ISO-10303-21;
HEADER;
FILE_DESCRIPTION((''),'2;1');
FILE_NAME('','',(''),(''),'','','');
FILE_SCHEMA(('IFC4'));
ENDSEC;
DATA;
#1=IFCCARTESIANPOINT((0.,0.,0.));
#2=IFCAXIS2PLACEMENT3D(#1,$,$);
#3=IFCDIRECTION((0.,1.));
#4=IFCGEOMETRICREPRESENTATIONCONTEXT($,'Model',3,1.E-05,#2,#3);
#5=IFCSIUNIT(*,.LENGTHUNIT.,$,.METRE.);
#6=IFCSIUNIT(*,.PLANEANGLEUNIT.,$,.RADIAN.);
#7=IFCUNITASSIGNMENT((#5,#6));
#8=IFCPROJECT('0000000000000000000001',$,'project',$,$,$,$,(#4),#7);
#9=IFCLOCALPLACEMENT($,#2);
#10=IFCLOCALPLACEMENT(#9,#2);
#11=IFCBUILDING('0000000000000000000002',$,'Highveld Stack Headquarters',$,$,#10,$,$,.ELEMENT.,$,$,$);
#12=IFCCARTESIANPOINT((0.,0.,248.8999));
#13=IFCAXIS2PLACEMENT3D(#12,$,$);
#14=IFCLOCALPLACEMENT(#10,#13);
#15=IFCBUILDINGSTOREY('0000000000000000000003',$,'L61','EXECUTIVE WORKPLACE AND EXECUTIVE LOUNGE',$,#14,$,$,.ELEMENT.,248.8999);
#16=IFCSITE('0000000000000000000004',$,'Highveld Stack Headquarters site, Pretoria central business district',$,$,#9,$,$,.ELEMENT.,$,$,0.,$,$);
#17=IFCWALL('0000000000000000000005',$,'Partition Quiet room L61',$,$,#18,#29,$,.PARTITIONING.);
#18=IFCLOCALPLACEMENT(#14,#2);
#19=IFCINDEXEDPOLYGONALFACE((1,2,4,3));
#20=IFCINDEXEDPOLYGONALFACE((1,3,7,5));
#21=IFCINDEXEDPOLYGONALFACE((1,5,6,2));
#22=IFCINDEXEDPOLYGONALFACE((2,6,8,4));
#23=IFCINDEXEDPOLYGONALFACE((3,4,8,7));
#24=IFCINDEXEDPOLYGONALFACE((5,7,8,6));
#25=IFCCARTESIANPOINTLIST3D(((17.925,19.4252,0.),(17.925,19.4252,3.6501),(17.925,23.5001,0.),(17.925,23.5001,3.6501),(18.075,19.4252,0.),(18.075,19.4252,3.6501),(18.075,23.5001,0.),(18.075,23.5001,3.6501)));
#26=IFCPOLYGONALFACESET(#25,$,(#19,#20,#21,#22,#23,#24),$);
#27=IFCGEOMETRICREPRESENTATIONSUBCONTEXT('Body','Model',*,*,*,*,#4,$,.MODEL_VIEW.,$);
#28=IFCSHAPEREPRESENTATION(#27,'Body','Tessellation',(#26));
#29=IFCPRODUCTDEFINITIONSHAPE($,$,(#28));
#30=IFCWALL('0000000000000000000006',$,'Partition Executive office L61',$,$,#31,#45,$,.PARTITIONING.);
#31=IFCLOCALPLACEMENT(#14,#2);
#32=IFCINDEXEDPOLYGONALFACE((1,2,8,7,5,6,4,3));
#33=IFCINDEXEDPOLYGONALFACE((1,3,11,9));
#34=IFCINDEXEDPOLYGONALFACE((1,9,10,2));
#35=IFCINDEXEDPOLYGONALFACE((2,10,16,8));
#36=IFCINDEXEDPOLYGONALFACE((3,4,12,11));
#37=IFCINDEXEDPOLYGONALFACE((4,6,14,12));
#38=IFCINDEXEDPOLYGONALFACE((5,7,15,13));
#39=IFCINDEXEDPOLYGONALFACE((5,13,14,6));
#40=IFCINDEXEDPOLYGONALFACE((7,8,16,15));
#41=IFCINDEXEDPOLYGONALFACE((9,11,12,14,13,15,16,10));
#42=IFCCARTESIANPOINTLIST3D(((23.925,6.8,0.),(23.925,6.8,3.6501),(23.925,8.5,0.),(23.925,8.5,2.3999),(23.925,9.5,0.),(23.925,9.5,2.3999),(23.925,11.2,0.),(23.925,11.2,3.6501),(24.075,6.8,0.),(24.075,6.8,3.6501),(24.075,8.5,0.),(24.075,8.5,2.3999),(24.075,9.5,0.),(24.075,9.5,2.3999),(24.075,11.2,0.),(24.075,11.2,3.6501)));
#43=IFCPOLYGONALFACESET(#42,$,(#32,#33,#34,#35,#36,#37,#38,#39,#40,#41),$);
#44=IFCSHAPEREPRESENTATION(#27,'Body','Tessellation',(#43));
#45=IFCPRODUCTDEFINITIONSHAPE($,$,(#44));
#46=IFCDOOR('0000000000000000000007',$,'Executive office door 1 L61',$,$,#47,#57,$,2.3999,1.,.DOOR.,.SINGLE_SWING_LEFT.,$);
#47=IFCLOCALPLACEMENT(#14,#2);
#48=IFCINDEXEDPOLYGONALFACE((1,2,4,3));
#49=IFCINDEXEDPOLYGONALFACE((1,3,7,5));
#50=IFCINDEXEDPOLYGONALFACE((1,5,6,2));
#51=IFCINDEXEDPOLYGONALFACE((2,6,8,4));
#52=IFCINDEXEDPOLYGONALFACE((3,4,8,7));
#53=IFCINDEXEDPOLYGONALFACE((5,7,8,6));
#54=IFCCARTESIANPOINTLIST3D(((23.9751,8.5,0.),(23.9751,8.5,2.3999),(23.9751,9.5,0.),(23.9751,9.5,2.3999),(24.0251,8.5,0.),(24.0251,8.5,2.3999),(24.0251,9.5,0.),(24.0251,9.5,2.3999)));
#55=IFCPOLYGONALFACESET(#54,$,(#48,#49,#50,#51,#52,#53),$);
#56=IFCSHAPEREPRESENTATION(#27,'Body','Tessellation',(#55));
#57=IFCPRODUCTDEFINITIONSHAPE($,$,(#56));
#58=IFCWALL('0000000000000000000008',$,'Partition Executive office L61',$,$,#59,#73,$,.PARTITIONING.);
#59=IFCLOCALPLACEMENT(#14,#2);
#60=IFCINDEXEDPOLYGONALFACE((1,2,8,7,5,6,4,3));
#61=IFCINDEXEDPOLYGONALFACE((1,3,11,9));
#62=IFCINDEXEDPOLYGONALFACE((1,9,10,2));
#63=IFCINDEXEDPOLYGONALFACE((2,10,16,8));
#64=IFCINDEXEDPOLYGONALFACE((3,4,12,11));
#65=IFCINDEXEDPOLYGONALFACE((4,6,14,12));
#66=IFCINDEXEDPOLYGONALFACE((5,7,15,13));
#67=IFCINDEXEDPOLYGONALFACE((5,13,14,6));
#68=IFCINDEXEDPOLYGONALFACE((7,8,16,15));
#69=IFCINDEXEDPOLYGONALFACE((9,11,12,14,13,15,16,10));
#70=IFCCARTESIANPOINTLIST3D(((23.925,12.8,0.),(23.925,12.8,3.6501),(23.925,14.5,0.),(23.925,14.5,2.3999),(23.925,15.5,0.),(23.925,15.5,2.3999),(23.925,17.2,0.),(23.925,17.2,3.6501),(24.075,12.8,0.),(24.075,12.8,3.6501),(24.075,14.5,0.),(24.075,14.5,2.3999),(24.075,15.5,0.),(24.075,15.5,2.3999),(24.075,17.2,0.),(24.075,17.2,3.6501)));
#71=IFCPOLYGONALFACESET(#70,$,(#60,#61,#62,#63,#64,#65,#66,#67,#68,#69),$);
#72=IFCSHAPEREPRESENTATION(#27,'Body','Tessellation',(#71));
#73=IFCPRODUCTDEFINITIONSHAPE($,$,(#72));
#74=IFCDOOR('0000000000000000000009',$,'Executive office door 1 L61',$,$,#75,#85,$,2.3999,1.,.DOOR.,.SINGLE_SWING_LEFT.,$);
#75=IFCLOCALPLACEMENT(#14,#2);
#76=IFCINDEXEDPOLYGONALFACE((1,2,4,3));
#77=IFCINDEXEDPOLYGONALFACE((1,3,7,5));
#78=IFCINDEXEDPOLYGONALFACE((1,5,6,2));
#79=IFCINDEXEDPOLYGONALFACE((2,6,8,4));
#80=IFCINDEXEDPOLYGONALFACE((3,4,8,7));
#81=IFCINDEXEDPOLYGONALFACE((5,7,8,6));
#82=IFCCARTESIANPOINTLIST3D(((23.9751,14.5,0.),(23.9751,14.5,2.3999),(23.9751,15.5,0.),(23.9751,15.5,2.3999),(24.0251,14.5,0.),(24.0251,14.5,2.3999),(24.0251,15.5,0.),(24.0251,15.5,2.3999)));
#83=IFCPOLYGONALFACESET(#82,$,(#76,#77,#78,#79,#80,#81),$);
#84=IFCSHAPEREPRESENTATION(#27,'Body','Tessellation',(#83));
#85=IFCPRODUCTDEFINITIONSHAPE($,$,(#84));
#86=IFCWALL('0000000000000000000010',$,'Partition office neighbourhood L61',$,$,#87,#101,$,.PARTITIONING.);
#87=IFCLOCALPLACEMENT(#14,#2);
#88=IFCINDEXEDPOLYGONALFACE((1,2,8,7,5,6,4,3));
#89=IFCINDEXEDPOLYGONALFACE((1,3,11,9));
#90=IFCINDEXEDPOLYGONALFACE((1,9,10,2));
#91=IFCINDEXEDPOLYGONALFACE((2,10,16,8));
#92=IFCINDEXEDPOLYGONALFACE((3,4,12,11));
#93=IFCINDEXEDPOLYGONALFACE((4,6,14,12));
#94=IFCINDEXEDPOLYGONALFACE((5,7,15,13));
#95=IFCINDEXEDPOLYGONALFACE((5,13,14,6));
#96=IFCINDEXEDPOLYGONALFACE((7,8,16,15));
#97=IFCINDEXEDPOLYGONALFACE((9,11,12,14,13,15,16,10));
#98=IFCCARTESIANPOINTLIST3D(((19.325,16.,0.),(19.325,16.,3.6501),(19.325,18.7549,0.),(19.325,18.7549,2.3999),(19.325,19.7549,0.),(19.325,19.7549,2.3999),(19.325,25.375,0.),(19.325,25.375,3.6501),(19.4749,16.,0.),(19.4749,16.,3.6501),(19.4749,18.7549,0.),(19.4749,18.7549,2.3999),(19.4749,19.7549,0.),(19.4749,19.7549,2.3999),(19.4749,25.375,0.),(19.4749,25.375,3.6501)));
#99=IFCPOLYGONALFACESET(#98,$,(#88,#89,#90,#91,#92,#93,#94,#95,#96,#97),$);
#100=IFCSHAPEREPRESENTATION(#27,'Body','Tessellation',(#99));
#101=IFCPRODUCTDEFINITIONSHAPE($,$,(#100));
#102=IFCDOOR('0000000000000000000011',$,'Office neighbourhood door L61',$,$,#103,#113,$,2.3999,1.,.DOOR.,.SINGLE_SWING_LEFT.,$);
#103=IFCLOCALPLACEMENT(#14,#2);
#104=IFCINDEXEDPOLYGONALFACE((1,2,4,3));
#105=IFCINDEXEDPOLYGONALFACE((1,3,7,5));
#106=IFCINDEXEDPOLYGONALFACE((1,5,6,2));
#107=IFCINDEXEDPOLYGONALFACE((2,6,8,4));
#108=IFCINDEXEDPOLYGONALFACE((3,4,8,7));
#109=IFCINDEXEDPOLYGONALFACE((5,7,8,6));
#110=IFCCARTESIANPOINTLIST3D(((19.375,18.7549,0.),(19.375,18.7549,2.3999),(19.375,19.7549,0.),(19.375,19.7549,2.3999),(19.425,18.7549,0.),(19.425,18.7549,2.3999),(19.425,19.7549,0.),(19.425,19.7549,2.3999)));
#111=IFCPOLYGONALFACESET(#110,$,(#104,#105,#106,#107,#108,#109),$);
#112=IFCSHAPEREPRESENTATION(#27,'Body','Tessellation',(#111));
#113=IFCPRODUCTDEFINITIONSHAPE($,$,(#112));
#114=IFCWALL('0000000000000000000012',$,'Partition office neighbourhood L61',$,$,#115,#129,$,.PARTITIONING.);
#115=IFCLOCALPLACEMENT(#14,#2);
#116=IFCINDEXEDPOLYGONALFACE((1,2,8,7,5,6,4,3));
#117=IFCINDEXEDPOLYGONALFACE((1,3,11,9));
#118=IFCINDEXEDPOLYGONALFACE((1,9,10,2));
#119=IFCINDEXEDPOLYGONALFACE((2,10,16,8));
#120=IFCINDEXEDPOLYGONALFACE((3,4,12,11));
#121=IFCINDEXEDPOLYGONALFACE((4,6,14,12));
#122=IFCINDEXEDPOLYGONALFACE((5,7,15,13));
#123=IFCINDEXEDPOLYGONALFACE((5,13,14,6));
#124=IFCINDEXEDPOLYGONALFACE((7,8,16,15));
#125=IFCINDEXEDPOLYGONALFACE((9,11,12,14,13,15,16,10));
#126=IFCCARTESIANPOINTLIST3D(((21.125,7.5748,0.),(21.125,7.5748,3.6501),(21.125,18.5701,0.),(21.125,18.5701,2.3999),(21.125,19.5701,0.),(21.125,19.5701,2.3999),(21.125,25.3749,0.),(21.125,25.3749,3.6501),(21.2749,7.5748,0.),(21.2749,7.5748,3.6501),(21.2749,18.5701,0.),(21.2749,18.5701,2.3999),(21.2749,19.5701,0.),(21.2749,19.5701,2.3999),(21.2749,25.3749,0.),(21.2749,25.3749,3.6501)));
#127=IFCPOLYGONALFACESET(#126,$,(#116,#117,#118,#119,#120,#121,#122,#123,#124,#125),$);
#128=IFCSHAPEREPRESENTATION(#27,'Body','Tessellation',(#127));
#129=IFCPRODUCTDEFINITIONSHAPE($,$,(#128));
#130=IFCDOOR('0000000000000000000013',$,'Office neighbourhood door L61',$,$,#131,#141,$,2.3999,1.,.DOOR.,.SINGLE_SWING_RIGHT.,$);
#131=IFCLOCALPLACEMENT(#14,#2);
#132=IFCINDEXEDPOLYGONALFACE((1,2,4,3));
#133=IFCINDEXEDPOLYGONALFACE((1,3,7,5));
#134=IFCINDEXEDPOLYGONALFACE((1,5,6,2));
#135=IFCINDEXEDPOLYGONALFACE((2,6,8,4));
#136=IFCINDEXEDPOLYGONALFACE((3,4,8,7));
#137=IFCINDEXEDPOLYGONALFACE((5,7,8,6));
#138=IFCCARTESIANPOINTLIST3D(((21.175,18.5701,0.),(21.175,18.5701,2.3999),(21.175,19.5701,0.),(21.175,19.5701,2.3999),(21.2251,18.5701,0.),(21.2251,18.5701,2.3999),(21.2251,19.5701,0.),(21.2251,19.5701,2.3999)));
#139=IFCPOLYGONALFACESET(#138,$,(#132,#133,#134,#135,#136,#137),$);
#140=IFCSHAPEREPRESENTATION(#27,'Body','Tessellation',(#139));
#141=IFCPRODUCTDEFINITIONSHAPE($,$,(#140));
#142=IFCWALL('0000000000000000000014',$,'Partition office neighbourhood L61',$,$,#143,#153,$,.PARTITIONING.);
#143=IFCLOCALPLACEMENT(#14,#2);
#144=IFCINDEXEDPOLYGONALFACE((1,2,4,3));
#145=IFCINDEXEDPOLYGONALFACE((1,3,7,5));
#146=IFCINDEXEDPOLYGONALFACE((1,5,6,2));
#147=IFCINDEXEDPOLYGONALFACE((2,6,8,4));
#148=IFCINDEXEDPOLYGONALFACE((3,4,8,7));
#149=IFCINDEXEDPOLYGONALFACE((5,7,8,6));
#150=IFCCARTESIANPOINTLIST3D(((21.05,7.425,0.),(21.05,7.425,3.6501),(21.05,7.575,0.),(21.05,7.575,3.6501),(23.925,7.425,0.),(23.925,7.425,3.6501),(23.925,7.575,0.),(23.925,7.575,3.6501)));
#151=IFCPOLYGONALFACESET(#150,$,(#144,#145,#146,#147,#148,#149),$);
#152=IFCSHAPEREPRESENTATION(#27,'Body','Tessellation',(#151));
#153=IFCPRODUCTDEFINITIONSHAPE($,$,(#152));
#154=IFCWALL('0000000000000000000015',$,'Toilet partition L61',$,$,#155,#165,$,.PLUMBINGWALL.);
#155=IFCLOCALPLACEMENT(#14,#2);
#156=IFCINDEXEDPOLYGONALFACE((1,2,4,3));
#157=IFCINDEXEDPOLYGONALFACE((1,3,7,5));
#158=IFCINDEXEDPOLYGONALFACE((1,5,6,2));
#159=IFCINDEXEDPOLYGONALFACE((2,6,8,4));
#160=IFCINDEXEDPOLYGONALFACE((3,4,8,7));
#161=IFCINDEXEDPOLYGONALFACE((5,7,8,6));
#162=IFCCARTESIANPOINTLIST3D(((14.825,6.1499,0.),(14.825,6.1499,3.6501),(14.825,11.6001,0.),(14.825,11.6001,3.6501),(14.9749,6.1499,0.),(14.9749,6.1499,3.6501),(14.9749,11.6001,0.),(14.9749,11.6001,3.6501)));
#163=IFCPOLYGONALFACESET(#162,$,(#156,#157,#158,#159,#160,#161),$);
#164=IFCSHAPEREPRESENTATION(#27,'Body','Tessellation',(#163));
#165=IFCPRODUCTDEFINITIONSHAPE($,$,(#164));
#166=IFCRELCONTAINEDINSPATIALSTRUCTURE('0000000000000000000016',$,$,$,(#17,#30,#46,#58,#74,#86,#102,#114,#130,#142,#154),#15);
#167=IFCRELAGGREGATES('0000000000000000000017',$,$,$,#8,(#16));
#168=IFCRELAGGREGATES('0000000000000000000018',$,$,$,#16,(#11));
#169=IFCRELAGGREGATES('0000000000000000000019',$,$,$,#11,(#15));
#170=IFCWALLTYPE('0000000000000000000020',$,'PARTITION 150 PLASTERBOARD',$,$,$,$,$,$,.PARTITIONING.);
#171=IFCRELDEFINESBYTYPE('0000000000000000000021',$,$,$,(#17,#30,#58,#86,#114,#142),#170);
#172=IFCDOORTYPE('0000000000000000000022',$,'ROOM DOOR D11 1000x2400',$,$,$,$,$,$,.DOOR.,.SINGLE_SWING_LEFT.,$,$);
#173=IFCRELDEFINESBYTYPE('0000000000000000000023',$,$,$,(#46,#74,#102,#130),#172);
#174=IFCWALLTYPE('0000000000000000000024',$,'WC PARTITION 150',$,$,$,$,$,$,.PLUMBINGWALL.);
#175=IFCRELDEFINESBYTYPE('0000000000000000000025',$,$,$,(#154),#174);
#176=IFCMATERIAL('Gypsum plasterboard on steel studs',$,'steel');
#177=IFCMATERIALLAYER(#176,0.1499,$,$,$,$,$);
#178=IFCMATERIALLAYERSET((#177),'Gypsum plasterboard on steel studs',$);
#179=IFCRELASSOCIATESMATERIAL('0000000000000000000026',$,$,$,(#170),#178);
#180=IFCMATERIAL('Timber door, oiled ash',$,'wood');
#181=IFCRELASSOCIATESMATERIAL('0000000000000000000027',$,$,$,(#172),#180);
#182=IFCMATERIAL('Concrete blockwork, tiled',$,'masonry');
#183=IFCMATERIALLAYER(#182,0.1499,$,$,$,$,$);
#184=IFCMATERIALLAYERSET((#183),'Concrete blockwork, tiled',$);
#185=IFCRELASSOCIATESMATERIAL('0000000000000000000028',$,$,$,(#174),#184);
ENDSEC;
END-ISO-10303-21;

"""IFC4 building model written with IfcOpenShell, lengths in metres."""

from ifc_helpers import new_model, si_unit, direction, frame, frame_2d, origin, place, context, subcontext, project, spatial, rectangle, extrude, material, layer, layer_set, type_object, element, fill, save


model = new_model("IFC4")

# Units and contexts
model_context = context("Model", 3, precision=1e-05, world=origin(), true_north=direction((0.0, 1.0)))
body_context = subcontext(model_context, "Body", "Model", "MODEL_VIEW")
ifc_project = project(units=[si_unit("LENGTHUNIT", "METRE"), si_unit("PLANEANGLEUNIT", "RADIAN")], contexts=[model_context])

# Site, building, storey
site_placement = place(None, origin())
site = spatial("IfcSite", under=ifc_project, at=site_placement, Name="Highveld Stack Headquarters site, Pretoria central business district", CompositionType="ELEMENT", RefElevation=0.0)
building_placement = place(site_placement, origin())
building = spatial("IfcBuilding", under=site, at=building_placement, Name="Highveld Stack Headquarters", CompositionType="ELEMENT")
storey_placement = place(building_placement, frame((0.0, 0.0, 248.8999)))
storey = spatial("IfcBuildingStorey", under=building, at=storey_placement, Name="L61", Description="EXECUTIVE WORKPLACE AND EXECUTIVE LOUNGE", CompositionType="ELEMENT", Elevation=248.8999)

# Shared definitions
ifc_material_1 = material(Name="Gypsum plasterboard on steel studs", Category="steel")
ifc_layer_1 = layer(ifc_material_1, 0.1499)
ifc_layer_set_1 = layer_set([ifc_layer_1], Name="Gypsum plasterboard on steel studs")
wall_type_1 = type_object("IfcWallType", Name="PARTITION 150 PLASTERBOARD", PredefinedType="PARTITIONING", material=ifc_layer_set_1)
ifc_material_2 = material(Name="Timber door, oiled ash", Category="wood")
door_type = type_object("IfcDoorType", Name="ROOM DOOR D11 1000x2400", OperationType="SINGLE_SWING_LEFT", PredefinedType="DOOR", material=ifc_material_2)

# Wall
wall_1_placement = place(storey_placement, frame((18.0, 19.425, 0.0), z_axis=(0.0, 0.0, 1.0), x_axis=(0.0, 1.0, 0.0)))
element("IfcWall", 1, at=wall_1_placement, inside=storey, type_object=wall_type_1, Name="Partition Quiet room L61", PredefinedType="PARTITIONING", context=body_context, shape_type="SweptSolid", body=[
    extrude(rectangle(XDim=4.075, YDim=0.1499, at=frame_2d((2.0376, 0.0))), origin(), (0.0, 0.0, 1.0), 3.6501),
])

# Walls, openings, doors
wall_2_placement = place(storey_placement, frame((24.0, 6.8, 0.0), z_axis=(0.0, 0.0, 1.0), x_axis=(0.0, 1.0, 0.0)))
wall_2 = element("IfcWall", 2, at=wall_2_placement, inside=storey, type_object=wall_type_1, Name="Partition Executive office L61", PredefinedType="PARTITIONING", context=body_context, shape_type="SweptSolid", body=[
    extrude(rectangle(XDim=4.3999, YDim=0.1499, at=frame_2d((2.2, 0.0))), origin(), (0.0, 0.0, 1.0), 3.6501),
])
opening_1_placement = place(wall_2_placement, frame((1.7, 0.0, 0.0)))
opening_1 = element("IfcOpeningElement", 3, at=opening_1_placement, cuts=wall_2, PredefinedType="OPENING", context=body_context, shape_type="SweptSolid", body=[
    extrude(rectangle(XDim=1.0, YDim=2.3999, at=frame_2d((0.5, 1.2))), frame((0.0, 0.085, 0.0), z_axis=(0.0, -1.0, 0.0), x_axis=(1.0, 0.0, 0.0)), (0.0, 0.0, 1.0), 0.1699),
])
door_1_placement = place(opening_1_placement, origin())
door_1 = element("IfcDoor", 4, at=door_1_placement, inside=storey, type_object=door_type, Name="Executive office door 1 L61", OperationType="SINGLE_SWING_LEFT", OverallHeight=2.3999, OverallWidth=1.0, PredefinedType="DOOR", context=body_context, shape_type="SweptSolid", body=[
    extrude(rectangle(XDim=1.0, YDim=2.3999, at=frame_2d((0.5, 1.2))), frame((0.0, 0.0249, 0.0), z_axis=(0.0, -1.0, 0.0), x_axis=(1.0, 0.0, 0.0)), (0.0, 0.0, 1.0), 0.05),
])
fill(opening_1, door_1)
wall_3_placement = place(storey_placement, frame((24.0, 12.8, 0.0), z_axis=(0.0, 0.0, 1.0), x_axis=(0.0, 1.0, 0.0)))
wall_3 = element("IfcWall", 5, at=wall_3_placement, inside=storey, type_object=wall_type_1, Name="Partition Executive office L61", PredefinedType="PARTITIONING", context=body_context, shape_type="SweptSolid", body=[
    extrude(rectangle(XDim=4.3999, YDim=0.1499, at=frame_2d((2.2, 0.0))), origin(), (0.0, 0.0, 1.0), 3.6501),
])
opening_2_placement = place(wall_3_placement, frame((1.7, 0.0, 0.0)))
opening_2 = element("IfcOpeningElement", 6, at=opening_2_placement, cuts=wall_3, PredefinedType="OPENING", context=body_context, shape_type="SweptSolid", body=[
    extrude(rectangle(XDim=1.0, YDim=2.3999, at=frame_2d((0.5, 1.2))), frame((0.0, 0.085, 0.0), z_axis=(0.0, -1.0, 0.0), x_axis=(1.0, 0.0, 0.0)), (0.0, 0.0, 1.0), 0.1699),
])
door_2_placement = place(opening_2_placement, origin())
door_2 = element("IfcDoor", 7, at=door_2_placement, inside=storey, type_object=door_type, Name="Executive office door 1 L61", OperationType="SINGLE_SWING_LEFT", OverallHeight=2.3999, OverallWidth=1.0, PredefinedType="DOOR", context=body_context, shape_type="SweptSolid", body=[
    extrude(rectangle(XDim=1.0, YDim=2.3999, at=frame_2d((0.5, 1.2))), frame((0.0, 0.0249, 0.0), z_axis=(0.0, -1.0, 0.0), x_axis=(1.0, 0.0, 0.0)), (0.0, 0.0, 1.0), 0.05),
])
fill(opening_2, door_2)
wall_4_placement = place(storey_placement, frame((19.3999, 16.0, 0.0), z_axis=(0.0, 0.0, 1.0), x_axis=(0.0, 1.0, 0.0)))
wall_4 = element("IfcWall", 8, at=wall_4_placement, inside=storey, type_object=wall_type_1, Name="Partition office neighbourhood L61", PredefinedType="PARTITIONING", context=body_context, shape_type="SweptSolid", body=[
    extrude(rectangle(XDim=9.375, YDim=0.1499, at=frame_2d((4.6875, 0.0))), origin(), (0.0, 0.0, 1.0), 3.6501),
])
opening_3_placement = place(wall_4_placement, frame((2.7549, 0.0, 0.0)))
opening_3 = element("IfcOpeningElement", 9, at=opening_3_placement, cuts=wall_4, PredefinedType="OPENING", context=body_context, shape_type="SweptSolid", body=[
    extrude(rectangle(XDim=1.0, YDim=2.3999, at=frame_2d((0.5, 1.2))), frame((0.0, 0.085, 0.0), z_axis=(0.0, -1.0, 0.0), x_axis=(1.0, 0.0, 0.0)), (0.0, 0.0, 1.0), 0.1699),
])
door_3_placement = place(opening_3_placement, origin())
door_3 = element("IfcDoor", 10, at=door_3_placement, inside=storey, type_object=door_type, Name="Office neighbourhood door L61", OperationType="SINGLE_SWING_LEFT", OverallHeight=2.3999, OverallWidth=1.0, PredefinedType="DOOR", context=body_context, shape_type="SweptSolid", body=[
    extrude(rectangle(XDim=1.0, YDim=2.3999, at=frame_2d((0.5, 1.2))), frame((0.0, 0.0249, 0.0), z_axis=(0.0, -1.0, 0.0), x_axis=(1.0, 0.0, 0.0)), (0.0, 0.0, 1.0), 0.05),
])
fill(opening_3, door_3)
wall_5_placement = place(storey_placement, frame((21.2, 7.575, 0.0), z_axis=(0.0, 0.0, 1.0), x_axis=(0.0, 1.0, 0.0)))
wall_5 = element("IfcWall", 11, at=wall_5_placement, inside=storey, type_object=wall_type_1, Name="Partition office neighbourhood L61", PredefinedType="PARTITIONING", context=body_context, shape_type="SweptSolid", body=[
    extrude(rectangle(XDim=17.8, YDim=0.1499, at=frame_2d((8.8999, 0.0))), origin(), (0.0, 0.0, 1.0), 3.6501),
])
opening_4_placement = place(wall_5_placement, frame((10.9951, 0.0, 0.0)))
opening_4 = element("IfcOpeningElement", 12, at=opening_4_placement, cuts=wall_5, PredefinedType="OPENING", context=body_context, shape_type="SweptSolid", body=[
    extrude(rectangle(XDim=1.0, YDim=2.3999, at=frame_2d((0.5, 1.2))), frame((0.0, 0.085, 0.0), z_axis=(0.0, -1.0, 0.0), x_axis=(1.0, 0.0, 0.0)), (0.0, 0.0, 1.0), 0.1699),
])
door_4_placement = place(opening_4_placement, origin())
door_4 = element("IfcDoor", 13, at=door_4_placement, inside=storey, type_object=door_type, Name="Office neighbourhood door L61", OperationType="SINGLE_SWING_RIGHT", OverallHeight=2.3999, OverallWidth=1.0, PredefinedType="DOOR", context=body_context, shape_type="SweptSolid", body=[
    extrude(rectangle(XDim=1.0, YDim=2.3999, at=frame_2d((0.5, 1.2))), frame((0.0, 0.0249, 0.0), z_axis=(0.0, -1.0, 0.0), x_axis=(1.0, 0.0, 0.0)), (0.0, 0.0, 1.0), 0.05),
])
fill(opening_4, door_4)

# Walls
wall_6_placement = place(storey_placement, frame((21.05, 7.5, 0.0), z_axis=(0.0, 0.0, 1.0), x_axis=(1.0, 0.0, 0.0)))
element("IfcWall", 14, at=wall_6_placement, inside=storey, type_object=wall_type_1, Name="Partition office neighbourhood L61", PredefinedType="PARTITIONING", context=body_context, shape_type="SweptSolid", body=[
    extrude(rectangle(XDim=2.875, YDim=0.1499, at=frame_2d((1.4375, 0.0))), origin(), (0.0, 0.0, 1.0), 3.6501),
])
ifc_material_3 = material(Name="Concrete blockwork, tiled", Category="masonry")
ifc_layer_2 = layer(ifc_material_3, 0.1499)
ifc_layer_set_2 = layer_set([ifc_layer_2], Name="Concrete blockwork, tiled")
wall_type_2 = type_object("IfcWallType", Name="WC PARTITION 150", PredefinedType="PLUMBINGWALL", material=ifc_layer_set_2)
wall_7_placement = place(storey_placement, frame((14.8999, 6.1499, 0.0), z_axis=(0.0, 0.0, 1.0), x_axis=(0.0, 1.0, 0.0)))
element("IfcWall", 15, at=wall_7_placement, inside=storey, type_object=wall_type_2, Name="Toilet partition L61", PredefinedType="PLUMBINGWALL", context=body_context, shape_type="SweptSolid", body=[
    extrude(rectangle(XDim=5.4502, YDim=0.1499, at=frame_2d((2.7251, 0.0))), origin(), (0.0, 0.0, 1.0), 3.6501),
])

save(model, "model.ifc")
